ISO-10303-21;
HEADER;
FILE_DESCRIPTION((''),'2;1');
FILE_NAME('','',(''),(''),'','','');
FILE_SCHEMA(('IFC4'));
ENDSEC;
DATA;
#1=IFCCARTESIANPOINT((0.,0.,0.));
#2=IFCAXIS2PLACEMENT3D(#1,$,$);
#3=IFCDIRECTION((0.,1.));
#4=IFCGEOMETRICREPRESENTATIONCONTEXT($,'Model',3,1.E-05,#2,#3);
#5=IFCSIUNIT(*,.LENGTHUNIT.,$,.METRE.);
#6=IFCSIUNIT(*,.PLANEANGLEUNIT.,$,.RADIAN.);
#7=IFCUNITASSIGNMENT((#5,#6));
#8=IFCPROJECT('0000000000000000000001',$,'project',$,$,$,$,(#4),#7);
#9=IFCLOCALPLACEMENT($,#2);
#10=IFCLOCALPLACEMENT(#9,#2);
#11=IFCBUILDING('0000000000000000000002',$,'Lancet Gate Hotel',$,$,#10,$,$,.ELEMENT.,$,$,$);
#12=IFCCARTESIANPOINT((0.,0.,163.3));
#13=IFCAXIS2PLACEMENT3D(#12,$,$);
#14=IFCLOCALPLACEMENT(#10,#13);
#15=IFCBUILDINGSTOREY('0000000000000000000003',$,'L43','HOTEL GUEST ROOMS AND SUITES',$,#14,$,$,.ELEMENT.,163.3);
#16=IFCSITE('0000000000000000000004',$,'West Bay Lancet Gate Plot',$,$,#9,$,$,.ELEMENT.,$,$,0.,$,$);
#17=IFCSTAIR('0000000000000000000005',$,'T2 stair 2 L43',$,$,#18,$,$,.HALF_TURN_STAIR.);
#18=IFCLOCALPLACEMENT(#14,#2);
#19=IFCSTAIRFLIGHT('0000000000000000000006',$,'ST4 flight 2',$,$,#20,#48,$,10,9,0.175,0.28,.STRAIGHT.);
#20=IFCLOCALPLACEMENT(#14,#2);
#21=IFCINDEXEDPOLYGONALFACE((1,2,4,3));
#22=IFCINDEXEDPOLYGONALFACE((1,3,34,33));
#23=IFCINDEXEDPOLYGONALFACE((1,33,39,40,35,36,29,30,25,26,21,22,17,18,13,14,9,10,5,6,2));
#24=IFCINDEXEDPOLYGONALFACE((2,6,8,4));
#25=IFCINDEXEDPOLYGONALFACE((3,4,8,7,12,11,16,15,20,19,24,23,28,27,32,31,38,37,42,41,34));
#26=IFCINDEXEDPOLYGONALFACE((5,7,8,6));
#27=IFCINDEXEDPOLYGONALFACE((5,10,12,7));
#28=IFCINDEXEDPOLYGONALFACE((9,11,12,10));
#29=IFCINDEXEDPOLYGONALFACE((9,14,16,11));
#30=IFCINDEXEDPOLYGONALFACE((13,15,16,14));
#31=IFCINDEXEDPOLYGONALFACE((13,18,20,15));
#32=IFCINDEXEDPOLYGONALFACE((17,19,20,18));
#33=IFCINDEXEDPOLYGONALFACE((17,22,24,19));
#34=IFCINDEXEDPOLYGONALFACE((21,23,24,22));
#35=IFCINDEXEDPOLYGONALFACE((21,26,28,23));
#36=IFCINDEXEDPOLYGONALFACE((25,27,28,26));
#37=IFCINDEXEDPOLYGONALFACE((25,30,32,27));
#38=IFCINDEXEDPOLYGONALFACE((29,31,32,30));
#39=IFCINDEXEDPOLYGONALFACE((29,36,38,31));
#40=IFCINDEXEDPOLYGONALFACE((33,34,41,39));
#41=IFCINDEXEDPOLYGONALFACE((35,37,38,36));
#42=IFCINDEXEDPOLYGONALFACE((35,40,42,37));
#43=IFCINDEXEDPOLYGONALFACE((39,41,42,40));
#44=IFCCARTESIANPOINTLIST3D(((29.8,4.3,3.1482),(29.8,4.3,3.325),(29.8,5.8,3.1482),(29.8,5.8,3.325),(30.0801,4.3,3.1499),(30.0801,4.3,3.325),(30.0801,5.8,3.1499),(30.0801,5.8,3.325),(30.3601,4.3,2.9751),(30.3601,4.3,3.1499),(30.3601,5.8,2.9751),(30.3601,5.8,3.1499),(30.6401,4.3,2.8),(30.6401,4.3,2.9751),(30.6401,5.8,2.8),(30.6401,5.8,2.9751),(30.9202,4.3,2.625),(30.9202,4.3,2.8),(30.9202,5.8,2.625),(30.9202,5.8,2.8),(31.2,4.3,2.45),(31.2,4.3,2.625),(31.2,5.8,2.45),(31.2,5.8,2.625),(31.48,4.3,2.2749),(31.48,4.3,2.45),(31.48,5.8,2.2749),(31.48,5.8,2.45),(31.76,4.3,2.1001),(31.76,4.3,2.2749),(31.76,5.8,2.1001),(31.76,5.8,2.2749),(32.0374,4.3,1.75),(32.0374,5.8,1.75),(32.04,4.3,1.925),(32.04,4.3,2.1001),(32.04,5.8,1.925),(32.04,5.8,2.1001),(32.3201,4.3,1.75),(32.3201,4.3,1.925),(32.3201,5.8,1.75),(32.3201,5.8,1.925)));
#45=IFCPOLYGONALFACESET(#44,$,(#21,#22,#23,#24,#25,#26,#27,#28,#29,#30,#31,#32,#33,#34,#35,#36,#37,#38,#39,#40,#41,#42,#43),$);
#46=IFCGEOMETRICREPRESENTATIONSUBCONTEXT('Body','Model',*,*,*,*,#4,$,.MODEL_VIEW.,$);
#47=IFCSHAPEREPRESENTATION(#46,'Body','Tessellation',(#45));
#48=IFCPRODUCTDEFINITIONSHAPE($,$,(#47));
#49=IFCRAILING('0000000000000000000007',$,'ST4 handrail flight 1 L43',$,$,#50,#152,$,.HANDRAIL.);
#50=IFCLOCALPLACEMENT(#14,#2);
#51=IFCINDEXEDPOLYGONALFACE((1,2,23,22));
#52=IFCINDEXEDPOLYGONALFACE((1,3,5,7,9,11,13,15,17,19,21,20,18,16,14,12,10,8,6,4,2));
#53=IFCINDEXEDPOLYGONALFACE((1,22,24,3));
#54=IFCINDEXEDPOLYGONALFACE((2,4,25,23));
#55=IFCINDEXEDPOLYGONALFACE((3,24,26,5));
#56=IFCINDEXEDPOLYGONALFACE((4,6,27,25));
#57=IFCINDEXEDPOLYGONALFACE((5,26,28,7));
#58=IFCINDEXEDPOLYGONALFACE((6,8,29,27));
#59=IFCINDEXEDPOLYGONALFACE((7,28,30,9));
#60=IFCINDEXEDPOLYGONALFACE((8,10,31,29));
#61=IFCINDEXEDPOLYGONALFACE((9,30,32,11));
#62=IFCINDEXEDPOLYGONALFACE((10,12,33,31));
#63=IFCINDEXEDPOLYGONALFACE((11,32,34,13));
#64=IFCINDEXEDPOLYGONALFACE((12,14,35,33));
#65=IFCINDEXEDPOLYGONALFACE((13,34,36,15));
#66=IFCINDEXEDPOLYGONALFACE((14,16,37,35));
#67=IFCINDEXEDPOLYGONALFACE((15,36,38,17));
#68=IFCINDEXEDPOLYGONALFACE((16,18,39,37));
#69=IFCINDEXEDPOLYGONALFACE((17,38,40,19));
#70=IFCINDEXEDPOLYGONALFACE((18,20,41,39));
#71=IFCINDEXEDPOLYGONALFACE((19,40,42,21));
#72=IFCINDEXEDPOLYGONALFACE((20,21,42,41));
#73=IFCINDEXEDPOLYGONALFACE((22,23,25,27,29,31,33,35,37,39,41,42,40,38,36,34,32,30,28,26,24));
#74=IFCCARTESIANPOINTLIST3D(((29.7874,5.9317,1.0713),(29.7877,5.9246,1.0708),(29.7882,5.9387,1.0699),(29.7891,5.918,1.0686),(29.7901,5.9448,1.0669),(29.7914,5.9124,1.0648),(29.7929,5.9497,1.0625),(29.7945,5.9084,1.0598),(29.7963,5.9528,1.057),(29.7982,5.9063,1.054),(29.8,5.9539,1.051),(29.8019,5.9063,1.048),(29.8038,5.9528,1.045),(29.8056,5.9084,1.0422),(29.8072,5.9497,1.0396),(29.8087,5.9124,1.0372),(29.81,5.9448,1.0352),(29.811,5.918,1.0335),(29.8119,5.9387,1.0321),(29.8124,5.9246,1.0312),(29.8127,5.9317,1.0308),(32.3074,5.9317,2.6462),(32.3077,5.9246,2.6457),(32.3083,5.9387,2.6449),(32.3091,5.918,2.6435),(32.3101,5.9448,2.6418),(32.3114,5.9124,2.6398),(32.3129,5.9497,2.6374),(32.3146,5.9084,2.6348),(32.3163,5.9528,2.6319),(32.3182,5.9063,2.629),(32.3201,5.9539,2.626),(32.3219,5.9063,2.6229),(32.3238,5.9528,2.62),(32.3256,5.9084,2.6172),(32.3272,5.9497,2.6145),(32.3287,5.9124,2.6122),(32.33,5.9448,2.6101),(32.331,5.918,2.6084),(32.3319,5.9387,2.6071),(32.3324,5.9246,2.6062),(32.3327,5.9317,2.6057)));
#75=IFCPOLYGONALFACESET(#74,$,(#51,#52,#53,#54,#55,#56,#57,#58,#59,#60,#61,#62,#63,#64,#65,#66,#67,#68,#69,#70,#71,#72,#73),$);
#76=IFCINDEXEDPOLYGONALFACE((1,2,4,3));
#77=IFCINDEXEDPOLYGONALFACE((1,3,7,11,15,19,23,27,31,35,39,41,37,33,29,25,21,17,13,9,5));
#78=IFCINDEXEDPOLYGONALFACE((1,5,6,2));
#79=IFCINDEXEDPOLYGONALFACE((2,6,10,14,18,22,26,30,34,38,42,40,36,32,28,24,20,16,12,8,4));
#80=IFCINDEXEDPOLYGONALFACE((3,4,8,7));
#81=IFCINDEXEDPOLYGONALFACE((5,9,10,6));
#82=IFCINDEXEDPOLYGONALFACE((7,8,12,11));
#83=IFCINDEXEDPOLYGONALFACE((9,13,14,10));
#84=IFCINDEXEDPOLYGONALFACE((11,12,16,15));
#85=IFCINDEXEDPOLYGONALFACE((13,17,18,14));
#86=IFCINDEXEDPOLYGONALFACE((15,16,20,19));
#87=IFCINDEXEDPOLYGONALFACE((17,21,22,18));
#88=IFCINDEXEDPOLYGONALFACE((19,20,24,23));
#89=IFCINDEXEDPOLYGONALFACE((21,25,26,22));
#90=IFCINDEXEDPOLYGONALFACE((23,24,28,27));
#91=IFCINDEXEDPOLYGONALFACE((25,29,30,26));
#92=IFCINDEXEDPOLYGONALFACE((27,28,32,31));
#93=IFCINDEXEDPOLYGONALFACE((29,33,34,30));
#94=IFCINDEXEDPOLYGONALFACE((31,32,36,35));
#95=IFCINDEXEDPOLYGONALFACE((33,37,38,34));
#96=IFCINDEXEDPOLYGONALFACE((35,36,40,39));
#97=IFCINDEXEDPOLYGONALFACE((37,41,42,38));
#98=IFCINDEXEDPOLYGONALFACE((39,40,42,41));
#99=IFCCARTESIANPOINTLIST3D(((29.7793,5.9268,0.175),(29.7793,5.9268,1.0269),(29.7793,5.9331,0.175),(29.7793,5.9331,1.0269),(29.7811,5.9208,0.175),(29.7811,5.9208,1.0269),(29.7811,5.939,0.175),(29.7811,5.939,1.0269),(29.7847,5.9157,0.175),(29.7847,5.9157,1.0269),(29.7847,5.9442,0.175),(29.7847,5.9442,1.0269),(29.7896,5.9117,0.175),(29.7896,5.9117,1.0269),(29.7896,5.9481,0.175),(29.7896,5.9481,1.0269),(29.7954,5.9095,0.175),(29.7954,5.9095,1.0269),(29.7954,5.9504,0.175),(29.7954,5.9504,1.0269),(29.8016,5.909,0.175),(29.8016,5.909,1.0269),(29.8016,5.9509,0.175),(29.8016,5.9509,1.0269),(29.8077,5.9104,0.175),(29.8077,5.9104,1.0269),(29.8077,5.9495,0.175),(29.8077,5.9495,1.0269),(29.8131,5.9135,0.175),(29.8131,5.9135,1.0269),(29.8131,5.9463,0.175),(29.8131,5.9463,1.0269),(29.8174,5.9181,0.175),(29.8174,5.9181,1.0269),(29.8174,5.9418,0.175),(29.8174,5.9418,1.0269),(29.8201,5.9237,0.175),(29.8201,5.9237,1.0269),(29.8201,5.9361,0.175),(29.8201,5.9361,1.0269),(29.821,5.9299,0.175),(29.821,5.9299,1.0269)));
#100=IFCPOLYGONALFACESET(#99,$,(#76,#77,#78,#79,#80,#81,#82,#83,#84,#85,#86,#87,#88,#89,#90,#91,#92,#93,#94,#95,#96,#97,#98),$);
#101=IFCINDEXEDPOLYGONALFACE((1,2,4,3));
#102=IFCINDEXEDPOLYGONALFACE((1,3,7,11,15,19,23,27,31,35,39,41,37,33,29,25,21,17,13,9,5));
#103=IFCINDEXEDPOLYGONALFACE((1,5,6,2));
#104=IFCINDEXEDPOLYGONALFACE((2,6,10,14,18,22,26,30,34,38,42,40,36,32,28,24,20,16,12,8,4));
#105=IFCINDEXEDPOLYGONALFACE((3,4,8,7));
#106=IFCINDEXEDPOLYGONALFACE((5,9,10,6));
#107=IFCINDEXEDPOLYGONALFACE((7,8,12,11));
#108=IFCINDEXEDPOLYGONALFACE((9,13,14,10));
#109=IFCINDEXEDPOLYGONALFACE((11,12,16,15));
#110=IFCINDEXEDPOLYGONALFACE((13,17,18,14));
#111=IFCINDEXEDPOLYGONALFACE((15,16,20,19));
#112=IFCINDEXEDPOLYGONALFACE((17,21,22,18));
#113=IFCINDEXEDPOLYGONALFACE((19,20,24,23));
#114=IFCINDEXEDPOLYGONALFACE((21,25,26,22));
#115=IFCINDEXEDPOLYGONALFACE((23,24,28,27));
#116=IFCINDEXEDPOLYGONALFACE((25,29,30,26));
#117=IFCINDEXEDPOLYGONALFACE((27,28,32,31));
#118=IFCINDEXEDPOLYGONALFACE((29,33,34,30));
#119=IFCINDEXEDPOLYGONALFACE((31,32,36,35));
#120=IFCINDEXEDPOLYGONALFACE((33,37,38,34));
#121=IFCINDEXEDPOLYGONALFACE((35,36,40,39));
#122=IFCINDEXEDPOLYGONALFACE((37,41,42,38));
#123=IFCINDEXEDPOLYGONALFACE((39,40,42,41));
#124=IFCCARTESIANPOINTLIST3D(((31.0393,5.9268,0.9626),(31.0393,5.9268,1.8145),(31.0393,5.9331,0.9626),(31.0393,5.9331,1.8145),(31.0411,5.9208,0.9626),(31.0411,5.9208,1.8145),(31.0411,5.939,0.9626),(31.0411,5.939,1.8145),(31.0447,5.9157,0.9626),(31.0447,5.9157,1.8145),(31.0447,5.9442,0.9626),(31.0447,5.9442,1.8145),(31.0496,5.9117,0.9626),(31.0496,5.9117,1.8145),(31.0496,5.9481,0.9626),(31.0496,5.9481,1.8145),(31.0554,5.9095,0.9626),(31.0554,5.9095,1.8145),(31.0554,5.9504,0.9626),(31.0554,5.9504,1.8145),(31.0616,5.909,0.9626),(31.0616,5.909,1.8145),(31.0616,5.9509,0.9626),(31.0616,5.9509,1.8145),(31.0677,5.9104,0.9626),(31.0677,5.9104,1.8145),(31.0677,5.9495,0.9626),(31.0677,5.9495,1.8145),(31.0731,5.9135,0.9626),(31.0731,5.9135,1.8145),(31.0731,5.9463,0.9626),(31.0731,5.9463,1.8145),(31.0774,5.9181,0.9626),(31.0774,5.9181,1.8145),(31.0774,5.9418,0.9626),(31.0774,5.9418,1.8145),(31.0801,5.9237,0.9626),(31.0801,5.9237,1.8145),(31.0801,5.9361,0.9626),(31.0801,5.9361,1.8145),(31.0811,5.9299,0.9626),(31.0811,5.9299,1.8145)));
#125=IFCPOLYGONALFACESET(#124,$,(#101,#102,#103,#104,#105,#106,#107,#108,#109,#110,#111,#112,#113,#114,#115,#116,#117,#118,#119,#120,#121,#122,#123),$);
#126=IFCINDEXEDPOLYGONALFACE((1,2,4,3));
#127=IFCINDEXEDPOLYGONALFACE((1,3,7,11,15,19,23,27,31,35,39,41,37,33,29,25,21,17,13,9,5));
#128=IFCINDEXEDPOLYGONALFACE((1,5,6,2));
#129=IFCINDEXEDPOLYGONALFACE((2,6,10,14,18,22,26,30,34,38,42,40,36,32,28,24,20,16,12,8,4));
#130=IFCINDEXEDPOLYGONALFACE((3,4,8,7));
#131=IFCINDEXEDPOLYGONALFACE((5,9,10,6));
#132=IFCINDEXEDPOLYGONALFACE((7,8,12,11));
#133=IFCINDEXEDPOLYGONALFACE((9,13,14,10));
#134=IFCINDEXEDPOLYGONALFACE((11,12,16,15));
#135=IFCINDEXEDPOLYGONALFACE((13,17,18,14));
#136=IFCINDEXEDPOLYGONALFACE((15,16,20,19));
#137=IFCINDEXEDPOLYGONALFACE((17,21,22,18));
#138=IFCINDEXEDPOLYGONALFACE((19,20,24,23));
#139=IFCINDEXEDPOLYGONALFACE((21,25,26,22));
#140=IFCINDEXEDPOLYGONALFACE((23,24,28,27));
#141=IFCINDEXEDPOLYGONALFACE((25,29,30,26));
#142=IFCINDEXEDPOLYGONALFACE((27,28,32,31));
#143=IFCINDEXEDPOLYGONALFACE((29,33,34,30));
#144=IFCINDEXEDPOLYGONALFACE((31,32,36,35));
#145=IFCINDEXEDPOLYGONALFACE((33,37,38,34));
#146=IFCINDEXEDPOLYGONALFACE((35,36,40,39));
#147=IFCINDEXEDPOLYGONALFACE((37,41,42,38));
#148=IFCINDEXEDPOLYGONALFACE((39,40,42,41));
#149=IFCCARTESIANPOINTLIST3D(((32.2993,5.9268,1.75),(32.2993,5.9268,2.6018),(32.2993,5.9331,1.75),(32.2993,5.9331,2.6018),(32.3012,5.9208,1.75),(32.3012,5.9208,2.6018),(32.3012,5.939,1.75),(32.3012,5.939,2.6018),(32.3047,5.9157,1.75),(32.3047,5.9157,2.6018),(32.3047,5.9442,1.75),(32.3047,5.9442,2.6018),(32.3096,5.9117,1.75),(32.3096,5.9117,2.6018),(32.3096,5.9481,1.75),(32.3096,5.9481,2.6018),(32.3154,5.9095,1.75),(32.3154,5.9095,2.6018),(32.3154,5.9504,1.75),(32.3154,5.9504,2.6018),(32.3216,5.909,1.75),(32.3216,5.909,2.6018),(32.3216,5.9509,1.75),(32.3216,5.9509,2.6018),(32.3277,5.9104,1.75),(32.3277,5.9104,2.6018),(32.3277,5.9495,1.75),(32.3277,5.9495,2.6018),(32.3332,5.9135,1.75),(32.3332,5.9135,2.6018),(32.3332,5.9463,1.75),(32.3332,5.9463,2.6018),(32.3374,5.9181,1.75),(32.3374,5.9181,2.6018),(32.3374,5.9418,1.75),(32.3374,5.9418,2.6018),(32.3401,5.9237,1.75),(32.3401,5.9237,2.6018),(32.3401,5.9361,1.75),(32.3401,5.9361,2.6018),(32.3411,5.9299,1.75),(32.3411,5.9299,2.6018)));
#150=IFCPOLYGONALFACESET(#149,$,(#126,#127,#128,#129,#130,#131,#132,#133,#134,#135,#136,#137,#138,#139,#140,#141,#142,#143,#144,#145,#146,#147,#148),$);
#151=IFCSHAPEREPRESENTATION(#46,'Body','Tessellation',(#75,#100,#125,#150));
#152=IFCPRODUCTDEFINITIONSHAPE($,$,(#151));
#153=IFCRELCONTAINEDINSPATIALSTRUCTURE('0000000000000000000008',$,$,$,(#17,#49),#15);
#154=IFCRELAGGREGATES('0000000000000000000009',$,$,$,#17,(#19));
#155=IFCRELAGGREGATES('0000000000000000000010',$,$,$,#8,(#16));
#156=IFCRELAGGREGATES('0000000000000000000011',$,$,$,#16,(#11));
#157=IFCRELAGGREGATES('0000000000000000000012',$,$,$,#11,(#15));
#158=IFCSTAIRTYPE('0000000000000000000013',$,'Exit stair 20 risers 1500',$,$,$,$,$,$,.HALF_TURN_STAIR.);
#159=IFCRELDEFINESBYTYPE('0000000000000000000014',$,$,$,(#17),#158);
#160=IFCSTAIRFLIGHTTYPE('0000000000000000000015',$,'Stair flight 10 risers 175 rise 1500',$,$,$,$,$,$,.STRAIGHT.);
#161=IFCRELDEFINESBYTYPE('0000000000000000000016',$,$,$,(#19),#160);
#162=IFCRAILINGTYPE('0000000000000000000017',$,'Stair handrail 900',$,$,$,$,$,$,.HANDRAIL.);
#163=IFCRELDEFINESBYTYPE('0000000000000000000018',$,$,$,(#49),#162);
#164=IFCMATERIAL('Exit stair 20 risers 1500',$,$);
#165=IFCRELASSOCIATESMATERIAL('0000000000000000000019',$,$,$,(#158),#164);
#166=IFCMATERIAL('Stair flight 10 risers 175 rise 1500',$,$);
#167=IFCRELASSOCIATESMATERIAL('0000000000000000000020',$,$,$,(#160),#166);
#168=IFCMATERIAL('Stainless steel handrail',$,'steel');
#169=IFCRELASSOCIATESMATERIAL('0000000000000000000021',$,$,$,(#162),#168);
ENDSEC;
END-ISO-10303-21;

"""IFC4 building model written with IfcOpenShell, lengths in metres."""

from ifc_helpers import new_model, si_unit, direction, frame, origin, origin_2d, place, context, subcontext, project, spatial, polyline, circle, outline, extrude, material, type_object, element, aggregate, save


model = new_model("IFC4")

# Units and contexts
model_context = context("Model", 3, precision=1e-05, world=origin(), true_north=direction((0.0, 1.0)))
body_context = subcontext(model_context, "Body", "Model", "MODEL_VIEW")
ifc_project = project(units=[si_unit("LENGTHUNIT", "METRE"), si_unit("PLANEANGLEUNIT", "RADIAN")], contexts=[model_context])

# Site, building, storey
site_placement = place(None, origin())
site = spatial("IfcSite", under=ifc_project, at=site_placement, Name="West Bay Lancet Gate Plot", CompositionType="ELEMENT", RefElevation=0.0)
building_placement = place(site_placement, origin())
building = spatial("IfcBuilding", under=site, at=building_placement, Name="Lancet Gate Hotel", CompositionType="ELEMENT")
storey_placement = place(building_placement, frame((0.0, 0.0, 163.3)))
storey = spatial("IfcBuildingStorey", under=building, at=storey_placement, Name="L43", Description="HOTEL GUEST ROOMS AND SUITES", CompositionType="ELEMENT", Elevation=163.3)

# Stair, stair flight
ifc_material_1 = material(Name="Exit stair 20 risers 1500")
stair_type = type_object("IfcStairType", Name="Exit stair 20 risers 1500", PredefinedType="HALF_TURN_STAIR", material=ifc_material_1)
stair_placement = place(storey_placement, origin())
stair = element("IfcStair", 1, at=stair_placement, inside=storey, type_object=stair_type, Name="T2 stair 2 L43", PredefinedType="HALF_TURN_STAIR")
ifc_material_2 = material(Name="Stair flight 10 risers 175 rise 1500")
stair_flight_type = type_object("IfcStairFlightType", Name="Stair flight 10 risers 175 rise 1500", PredefinedType="STRAIGHT", material=ifc_material_2)
stair_flight_1_placement = place(storey_placement, frame((32.3201, 5.05, 1.75), z_axis=(0.0, 0.0, 1.0), x_axis=(-1.0, 0.0, 0.0)))
stair_flight_1 = element("IfcStairFlight", 2, at=stair_flight_1_placement, type_object=stair_flight_type, Name="ST4 flight 2", NumberOfRisers=10, NumberOfTreads=9, PredefinedType="STRAIGHT", RiserHeight=0.175, TreadLength=0.28, context=body_context, shape_type="SweptSolid", body=[
    extrude(outline(polyline([(0.0, 0.0), (0.0, 0.175), (0.28, 0.175), (0.28, 0.3501), (0.5601, 0.3501), (0.5601, 0.5249), (0.8401, 0.5249), (0.8401, 0.7), (1.1201, 0.7), (1.1201, 0.875), (1.3999, 0.875), (1.3999, 1.05), (1.6799, 1.05), (1.6799, 1.2251), (1.96, 1.2251), (1.96, 1.3999), (2.24, 1.3999), (2.24, 1.575), (2.52, 1.575), (2.52, 1.75), (2.52, 1.3982), (0.2827, 0.0), (0.0, 0.0)])), frame((0.0, 0.75, 0.0), z_axis=(0.0, -1.0, 0.0), x_axis=(1.0, 0.0, 0.0)), (0.0, 0.0, 1.0), 1.5),
])
aggregate(stair, [stair_flight_1])

# Railing
ifc_material_3 = material(Name="Stainless steel handrail", Category="steel")
railing_type = type_object("IfcRailingType", Name="Stair handrail 900", PredefinedType="HANDRAIL", material=ifc_material_3)
railing_1_placement = place(storey_placement, frame((29.8, 5.9299, 0.175)))
element("IfcRailing", 3, at=railing_1_placement, inside=storey, type_object=railing_type, Name="ST4 handrail flight 1 L43", PredefinedType="HANDRAIL", context=body_context, shape_type="SweptSolid", body=[
    extrude(circle(Radius=0.0239, at=origin_2d()), frame((0.0, 0.0, 0.876), z_axis=(0.848008, 0.0, 0.529984), x_axis=(0.0, 1.0, 0.0)), (0.0, 0.0, 1.0), 2.9717),
    extrude(circle(Radius=0.021, at=origin_2d()), origin(), (0.0, 0.0, 1.0), 0.8518),
    extrude(circle(Radius=0.021, at=origin_2d()), frame((1.26, 0.0, 0.7876)), (0.0, 0.0, 1.0), 0.8518),
    extrude(circle(Radius=0.021, at=origin_2d()), frame((2.52, 0.0, 1.575)), (0.0, 0.0, 1.0), 0.8518),
])

save(model, "model.ifc")
